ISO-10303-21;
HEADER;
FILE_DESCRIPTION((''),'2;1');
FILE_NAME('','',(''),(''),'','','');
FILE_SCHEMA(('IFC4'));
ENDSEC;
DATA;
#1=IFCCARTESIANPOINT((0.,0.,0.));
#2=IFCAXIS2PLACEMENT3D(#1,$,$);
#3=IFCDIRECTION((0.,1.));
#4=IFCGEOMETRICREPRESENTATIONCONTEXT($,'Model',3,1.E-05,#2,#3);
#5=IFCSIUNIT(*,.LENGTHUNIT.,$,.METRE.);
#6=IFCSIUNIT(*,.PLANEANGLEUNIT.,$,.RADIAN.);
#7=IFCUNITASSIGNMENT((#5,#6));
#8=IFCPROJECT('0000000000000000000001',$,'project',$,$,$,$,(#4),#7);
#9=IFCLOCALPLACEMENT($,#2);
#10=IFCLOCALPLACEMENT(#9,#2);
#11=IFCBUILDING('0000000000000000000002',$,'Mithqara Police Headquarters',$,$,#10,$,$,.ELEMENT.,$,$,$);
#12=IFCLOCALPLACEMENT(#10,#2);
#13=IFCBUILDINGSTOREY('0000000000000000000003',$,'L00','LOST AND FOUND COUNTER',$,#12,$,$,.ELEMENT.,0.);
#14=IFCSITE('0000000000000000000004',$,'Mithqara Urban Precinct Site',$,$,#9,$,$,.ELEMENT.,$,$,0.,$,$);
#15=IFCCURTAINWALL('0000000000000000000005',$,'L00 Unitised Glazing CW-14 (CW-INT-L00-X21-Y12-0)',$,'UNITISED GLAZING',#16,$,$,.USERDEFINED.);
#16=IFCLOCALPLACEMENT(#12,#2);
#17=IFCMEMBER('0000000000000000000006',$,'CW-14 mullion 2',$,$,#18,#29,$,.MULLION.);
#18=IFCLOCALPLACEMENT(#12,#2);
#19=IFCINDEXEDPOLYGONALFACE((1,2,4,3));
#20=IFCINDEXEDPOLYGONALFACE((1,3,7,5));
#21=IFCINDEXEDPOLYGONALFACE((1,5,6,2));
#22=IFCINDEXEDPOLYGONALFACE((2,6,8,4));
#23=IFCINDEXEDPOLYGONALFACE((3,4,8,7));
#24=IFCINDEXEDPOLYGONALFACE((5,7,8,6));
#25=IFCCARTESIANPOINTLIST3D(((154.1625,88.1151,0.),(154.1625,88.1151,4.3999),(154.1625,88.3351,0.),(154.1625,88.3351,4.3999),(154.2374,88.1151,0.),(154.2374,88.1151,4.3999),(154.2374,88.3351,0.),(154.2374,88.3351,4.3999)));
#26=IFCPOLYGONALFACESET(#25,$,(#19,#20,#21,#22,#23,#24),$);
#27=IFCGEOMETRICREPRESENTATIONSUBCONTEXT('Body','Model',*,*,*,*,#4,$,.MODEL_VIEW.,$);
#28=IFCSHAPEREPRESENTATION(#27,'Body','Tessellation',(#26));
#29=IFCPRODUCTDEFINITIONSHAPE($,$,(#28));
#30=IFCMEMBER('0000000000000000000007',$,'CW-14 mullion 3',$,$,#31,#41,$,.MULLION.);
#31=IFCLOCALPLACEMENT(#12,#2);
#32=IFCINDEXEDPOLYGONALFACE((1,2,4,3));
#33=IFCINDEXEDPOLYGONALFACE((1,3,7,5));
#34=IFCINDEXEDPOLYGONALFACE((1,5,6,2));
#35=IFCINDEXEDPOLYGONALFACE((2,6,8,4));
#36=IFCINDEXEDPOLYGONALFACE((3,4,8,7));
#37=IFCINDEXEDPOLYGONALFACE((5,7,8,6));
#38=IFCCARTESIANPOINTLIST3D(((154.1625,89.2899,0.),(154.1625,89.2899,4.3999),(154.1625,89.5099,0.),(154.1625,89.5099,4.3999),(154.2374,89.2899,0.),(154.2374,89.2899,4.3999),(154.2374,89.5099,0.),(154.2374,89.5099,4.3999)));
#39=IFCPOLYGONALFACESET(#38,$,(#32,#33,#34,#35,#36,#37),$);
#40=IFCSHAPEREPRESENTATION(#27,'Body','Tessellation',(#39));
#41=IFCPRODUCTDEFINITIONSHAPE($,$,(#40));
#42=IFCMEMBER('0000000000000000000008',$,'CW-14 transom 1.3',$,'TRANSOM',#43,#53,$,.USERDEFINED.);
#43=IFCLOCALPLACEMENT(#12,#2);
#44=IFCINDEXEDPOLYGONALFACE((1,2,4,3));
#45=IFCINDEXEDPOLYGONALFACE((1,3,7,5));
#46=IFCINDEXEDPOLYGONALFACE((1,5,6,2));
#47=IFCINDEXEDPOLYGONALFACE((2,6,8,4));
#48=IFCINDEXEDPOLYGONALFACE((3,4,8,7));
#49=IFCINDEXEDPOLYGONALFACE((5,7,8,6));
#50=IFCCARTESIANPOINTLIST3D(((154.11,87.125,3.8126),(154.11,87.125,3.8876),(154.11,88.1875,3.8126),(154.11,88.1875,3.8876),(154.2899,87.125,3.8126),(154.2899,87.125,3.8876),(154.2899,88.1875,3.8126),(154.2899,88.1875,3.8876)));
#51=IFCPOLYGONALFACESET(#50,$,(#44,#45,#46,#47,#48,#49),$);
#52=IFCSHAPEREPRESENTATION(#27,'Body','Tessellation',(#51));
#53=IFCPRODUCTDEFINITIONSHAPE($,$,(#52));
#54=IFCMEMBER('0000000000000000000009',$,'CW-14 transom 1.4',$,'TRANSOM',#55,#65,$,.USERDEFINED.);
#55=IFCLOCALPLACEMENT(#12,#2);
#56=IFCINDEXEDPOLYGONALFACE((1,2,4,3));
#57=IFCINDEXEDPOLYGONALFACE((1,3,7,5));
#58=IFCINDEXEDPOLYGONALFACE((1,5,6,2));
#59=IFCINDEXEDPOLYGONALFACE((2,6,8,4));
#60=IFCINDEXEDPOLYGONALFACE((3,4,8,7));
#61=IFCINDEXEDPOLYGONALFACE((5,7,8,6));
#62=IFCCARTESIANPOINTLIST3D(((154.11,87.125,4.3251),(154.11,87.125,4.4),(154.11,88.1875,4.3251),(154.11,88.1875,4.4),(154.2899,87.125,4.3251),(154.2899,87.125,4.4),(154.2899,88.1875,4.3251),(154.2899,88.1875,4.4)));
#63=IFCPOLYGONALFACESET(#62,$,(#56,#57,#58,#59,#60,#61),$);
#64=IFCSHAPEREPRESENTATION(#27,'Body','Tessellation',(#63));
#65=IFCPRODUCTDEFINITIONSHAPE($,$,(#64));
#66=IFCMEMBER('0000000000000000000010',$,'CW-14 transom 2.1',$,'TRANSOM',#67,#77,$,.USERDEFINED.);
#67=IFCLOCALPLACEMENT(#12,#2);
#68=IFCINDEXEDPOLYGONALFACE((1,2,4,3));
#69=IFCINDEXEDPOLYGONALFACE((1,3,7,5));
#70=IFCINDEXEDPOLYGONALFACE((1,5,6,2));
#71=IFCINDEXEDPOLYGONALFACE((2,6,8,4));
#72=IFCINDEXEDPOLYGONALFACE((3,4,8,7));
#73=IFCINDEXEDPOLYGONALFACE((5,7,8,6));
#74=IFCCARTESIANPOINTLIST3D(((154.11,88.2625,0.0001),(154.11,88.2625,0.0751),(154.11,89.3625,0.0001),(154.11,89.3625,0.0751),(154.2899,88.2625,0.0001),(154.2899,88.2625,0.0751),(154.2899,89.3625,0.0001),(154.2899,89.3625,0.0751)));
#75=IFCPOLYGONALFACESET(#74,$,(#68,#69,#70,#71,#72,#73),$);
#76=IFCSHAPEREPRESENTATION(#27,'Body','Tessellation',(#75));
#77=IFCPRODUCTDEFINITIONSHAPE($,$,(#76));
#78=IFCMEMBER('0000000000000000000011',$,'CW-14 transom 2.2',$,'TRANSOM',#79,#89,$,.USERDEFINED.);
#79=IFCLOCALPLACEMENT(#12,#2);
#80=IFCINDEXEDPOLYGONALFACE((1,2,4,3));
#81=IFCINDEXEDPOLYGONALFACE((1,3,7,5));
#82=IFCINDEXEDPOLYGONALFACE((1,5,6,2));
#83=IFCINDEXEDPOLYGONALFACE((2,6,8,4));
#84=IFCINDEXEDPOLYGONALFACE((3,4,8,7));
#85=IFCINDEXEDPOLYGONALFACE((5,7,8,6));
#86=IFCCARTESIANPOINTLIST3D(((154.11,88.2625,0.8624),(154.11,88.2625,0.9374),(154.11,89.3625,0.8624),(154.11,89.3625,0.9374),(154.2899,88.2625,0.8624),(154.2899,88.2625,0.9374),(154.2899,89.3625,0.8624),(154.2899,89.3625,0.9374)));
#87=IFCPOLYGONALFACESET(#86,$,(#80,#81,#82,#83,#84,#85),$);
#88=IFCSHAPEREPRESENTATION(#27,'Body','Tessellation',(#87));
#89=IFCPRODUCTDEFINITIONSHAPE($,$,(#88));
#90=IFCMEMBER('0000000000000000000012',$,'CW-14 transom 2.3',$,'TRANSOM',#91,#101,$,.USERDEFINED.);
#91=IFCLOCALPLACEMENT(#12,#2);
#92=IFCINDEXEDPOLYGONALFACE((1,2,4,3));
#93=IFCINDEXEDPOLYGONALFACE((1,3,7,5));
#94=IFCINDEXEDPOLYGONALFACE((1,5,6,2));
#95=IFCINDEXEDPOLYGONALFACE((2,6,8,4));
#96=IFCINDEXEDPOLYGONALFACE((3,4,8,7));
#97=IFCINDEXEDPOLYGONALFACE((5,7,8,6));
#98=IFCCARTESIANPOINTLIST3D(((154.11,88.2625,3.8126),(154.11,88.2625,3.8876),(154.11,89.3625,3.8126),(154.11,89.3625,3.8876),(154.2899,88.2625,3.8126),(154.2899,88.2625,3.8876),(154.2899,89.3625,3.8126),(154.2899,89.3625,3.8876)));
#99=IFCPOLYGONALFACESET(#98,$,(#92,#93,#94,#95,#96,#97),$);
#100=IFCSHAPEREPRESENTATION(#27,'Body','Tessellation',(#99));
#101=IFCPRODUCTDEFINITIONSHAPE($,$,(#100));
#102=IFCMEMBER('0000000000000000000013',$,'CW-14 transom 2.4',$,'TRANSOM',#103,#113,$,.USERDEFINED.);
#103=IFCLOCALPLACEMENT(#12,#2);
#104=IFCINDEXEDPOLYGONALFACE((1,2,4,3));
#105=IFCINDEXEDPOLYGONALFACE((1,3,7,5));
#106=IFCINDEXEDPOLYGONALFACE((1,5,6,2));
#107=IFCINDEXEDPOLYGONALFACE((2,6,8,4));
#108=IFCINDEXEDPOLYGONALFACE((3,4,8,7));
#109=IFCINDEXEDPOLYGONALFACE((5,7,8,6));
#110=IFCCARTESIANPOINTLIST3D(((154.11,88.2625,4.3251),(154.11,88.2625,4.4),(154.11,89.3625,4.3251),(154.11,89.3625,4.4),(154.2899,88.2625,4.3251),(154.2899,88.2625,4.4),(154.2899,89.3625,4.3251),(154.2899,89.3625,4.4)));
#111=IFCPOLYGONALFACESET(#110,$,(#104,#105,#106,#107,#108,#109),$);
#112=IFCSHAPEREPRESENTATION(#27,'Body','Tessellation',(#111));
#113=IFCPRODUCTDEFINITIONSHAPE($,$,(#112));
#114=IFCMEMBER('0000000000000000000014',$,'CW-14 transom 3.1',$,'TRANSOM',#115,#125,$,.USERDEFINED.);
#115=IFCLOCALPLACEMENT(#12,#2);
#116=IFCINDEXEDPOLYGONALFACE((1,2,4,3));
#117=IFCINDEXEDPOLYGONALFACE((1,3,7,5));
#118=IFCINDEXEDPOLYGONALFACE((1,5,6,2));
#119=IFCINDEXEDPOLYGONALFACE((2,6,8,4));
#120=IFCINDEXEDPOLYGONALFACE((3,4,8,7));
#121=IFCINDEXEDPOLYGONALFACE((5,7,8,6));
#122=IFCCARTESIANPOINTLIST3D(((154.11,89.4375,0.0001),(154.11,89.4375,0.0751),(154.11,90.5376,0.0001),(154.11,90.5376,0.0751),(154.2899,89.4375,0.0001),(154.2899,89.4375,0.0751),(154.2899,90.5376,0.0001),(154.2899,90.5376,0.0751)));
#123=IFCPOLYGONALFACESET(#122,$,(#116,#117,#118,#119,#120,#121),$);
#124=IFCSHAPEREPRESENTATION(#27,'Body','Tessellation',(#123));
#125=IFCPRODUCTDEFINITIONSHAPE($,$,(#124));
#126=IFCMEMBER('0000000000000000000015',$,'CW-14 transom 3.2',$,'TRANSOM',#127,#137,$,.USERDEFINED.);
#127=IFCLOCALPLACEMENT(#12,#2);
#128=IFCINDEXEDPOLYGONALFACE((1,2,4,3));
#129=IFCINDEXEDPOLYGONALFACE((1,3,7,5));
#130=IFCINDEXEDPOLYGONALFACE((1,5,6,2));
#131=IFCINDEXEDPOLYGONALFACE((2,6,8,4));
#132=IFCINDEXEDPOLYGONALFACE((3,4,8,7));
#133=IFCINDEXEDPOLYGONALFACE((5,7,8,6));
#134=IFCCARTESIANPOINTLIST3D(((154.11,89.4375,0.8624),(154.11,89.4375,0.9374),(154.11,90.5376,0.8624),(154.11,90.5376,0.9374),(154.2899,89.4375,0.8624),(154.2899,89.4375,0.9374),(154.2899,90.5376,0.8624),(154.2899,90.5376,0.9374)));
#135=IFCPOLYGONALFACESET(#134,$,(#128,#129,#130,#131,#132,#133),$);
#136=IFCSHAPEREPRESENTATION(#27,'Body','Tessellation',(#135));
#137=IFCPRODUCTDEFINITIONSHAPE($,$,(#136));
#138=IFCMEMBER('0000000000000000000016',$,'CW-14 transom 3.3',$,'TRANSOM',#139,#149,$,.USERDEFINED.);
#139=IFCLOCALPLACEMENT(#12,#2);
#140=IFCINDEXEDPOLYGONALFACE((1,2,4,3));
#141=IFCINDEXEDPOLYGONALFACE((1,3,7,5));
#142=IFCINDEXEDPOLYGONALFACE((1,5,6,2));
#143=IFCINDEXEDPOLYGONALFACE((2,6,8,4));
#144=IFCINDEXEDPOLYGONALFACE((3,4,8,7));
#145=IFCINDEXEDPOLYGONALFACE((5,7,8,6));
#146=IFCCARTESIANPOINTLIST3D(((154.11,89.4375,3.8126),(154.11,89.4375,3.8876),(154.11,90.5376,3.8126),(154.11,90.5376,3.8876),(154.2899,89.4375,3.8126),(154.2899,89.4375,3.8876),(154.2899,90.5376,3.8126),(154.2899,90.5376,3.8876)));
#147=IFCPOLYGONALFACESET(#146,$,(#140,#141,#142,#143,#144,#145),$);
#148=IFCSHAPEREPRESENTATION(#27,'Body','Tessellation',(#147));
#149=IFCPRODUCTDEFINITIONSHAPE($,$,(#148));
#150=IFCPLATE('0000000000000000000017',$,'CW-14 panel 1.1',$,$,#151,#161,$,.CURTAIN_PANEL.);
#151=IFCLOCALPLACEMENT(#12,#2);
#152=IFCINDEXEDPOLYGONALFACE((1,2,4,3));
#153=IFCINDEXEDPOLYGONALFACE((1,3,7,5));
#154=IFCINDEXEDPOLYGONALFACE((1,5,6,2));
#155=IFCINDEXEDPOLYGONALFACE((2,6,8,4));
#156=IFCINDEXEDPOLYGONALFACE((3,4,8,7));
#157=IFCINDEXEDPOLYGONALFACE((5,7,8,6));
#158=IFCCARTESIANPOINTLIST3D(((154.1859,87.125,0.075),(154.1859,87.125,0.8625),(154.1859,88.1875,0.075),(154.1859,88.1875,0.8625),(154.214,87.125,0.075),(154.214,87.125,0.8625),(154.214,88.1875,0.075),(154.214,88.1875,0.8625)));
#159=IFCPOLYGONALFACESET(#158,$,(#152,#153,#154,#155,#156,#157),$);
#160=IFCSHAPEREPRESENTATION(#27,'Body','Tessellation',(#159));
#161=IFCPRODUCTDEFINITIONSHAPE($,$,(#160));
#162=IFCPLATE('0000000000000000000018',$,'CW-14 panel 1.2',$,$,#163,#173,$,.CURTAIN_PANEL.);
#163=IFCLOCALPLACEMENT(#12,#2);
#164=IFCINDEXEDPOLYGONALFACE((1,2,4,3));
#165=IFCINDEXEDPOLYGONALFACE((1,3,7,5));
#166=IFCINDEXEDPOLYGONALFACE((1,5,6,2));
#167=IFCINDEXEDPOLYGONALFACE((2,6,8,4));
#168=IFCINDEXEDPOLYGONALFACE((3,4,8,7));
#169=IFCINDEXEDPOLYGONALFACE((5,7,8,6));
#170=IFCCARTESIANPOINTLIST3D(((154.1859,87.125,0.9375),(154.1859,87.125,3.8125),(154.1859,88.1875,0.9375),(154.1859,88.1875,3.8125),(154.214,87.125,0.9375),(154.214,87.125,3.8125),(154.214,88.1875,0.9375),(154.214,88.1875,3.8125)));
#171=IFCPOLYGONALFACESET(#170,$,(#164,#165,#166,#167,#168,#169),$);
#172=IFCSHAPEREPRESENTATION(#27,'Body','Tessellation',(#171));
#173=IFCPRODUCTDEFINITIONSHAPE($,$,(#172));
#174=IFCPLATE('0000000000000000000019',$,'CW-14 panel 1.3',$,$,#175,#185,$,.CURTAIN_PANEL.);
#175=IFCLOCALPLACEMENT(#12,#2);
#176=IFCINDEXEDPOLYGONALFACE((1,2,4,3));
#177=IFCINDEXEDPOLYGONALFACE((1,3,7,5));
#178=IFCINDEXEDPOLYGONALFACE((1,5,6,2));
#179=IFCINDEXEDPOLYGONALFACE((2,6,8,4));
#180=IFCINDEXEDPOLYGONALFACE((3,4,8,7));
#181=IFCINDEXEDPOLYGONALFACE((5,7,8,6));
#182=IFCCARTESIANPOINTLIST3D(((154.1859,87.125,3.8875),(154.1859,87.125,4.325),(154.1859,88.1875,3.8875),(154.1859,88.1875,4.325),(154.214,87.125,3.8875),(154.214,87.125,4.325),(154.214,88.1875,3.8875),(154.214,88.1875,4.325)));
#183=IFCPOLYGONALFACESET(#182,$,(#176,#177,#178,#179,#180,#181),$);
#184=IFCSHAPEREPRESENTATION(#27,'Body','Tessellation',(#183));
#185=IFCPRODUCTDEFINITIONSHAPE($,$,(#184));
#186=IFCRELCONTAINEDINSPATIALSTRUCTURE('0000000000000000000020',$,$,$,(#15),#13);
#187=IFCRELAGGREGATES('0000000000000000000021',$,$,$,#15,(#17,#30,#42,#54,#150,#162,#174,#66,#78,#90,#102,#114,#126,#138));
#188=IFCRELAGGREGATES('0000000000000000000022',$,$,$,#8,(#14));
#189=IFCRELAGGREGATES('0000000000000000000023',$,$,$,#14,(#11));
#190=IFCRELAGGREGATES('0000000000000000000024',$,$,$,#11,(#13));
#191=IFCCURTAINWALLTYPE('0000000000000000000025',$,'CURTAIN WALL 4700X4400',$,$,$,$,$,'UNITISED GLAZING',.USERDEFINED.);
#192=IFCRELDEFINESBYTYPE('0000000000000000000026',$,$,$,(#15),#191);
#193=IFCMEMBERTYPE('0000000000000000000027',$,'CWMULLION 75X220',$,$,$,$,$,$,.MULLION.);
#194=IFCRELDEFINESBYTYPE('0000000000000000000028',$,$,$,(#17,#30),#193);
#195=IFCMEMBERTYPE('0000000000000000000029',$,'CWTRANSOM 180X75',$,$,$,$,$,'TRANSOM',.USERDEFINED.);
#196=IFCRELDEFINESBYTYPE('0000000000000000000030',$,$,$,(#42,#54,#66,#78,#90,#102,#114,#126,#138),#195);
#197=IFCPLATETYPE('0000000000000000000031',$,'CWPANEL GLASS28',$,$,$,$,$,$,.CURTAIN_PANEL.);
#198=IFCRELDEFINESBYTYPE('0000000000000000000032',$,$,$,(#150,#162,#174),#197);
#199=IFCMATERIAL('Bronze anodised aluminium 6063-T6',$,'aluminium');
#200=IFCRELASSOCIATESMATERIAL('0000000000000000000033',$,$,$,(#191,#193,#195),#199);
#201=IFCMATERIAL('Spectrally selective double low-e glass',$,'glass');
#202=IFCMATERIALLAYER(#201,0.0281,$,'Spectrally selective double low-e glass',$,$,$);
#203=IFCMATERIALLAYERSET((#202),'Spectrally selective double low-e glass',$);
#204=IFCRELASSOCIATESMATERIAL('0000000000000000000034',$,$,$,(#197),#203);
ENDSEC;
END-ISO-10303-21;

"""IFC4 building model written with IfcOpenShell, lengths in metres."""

from ifc_helpers import new_model, si_unit, direction, frame, origin, origin_2d, place, context, subcontext, project, spatial, rectangle, extrude, material, layer, layer_set, material_profile, profile_set, type_object, element, aggregate, save


model = new_model("IFC4")

# Units and contexts
model_context = context("Model", 3, precision=1e-05, world=origin(), true_north=direction((0.0, 1.0)))
body_context = subcontext(model_context, "Body", "Model", "MODEL_VIEW")
ifc_project = project(units=[si_unit("LENGTHUNIT", "METRE"), si_unit("PLANEANGLEUNIT", "RADIAN")], contexts=[model_context])

# Site, building, storey
site_placement = place(None, origin())
site = spatial("IfcSite", under=ifc_project, at=site_placement, Name="Mithqara Urban Precinct Site", CompositionType="ELEMENT", RefElevation=0.0)
building_placement = place(site_placement, origin())
building = spatial("IfcBuilding", under=site, at=building_placement, Name="Mithqara Police Headquarters", CompositionType="ELEMENT")
storey_placement = place(building_placement, origin())
storey = spatial("IfcBuildingStorey", under=building, at=storey_placement, Name="L00", Description="LOST AND FOUND COUNTER", CompositionType="ELEMENT", Elevation=0.0)

# Curtain wall, members, plates
ifc_material_1 = material(Name="Bronze anodised aluminium 6063-T6", Category="aluminium")
curtain_wall_type = type_object("IfcCurtainWallType", Name="CURTAIN WALL 4700X4400", ElementType="UNITISED GLAZING", PredefinedType="USERDEFINED", material=ifc_material_1)
curtain_wall_placement = place(storey_placement, origin())
curtain_wall = element("IfcCurtainWall", 1, at=curtain_wall_placement, inside=storey, type_object=curtain_wall_type, Name="L00 Unitised Glazing CW-14 (CW-INT-L00-X21-Y12-0)", ObjectType="UNITISED GLAZING", PredefinedType="USERDEFINED")
ifc_material_profile_1 = material_profile(ifc_material_1, rectangle(XDim=0.075, YDim=0.22, at=origin_2d()), Name="CWM 75x220")
ifc_profile_set_1 = profile_set([ifc_material_profile_1], Name="Bronze anodised aluminium 6063-T6")
member_type_1 = type_object("IfcMemberType", Name="CWMULLION 75X220", PredefinedType="MULLION", material=ifc_profile_set_1)
member_1_placement = place(storey_placement, frame((154.2, 88.2251, 0.0), z_axis=(0.0, 0.0, 1.0), x_axis=(-1.0, 0.0, 0.0)))
member_1 = element("IfcMember", 2, at=member_1_placement, type_object=member_type_1, Name="CW-14 mullion 2", PredefinedType="MULLION", context=body_context, shape_type="SweptSolid", body=[
    extrude(rectangle(XDim=0.075, YDim=0.22, at=origin_2d()), origin(), (0.0, 0.0, 1.0), 4.3999),
])
member_2_placement = place(storey_placement, frame((154.2, 89.3999, 0.0), z_axis=(0.0, 0.0, 1.0), x_axis=(-1.0, 0.0, 0.0)))
member_2 = element("IfcMember", 3, at=member_2_placement, type_object=member_type_1, Name="CW-14 mullion 3", PredefinedType="MULLION", context=body_context, shape_type="SweptSolid", body=[
    extrude(rectangle(XDim=0.075, YDim=0.22, at=origin_2d()), origin(), (0.0, 0.0, 1.0), 4.3999),
])
ifc_material_profile_2 = material_profile(ifc_material_1, rectangle(XDim=0.1799, YDim=0.075, at=origin_2d()), Name="CWT 180x75")
ifc_profile_set_2 = profile_set([ifc_material_profile_2], Name="Bronze anodised aluminium 6063-T6")
member_type_2 = type_object("IfcMemberType", Name="CWTRANSOM 180X75", ElementType="TRANSOM", PredefinedType="USERDEFINED", material=ifc_profile_set_2)
member_3_placement = place(storey_placement, frame((154.2, 87.125, 3.8501), z_axis=(0.0, 1.0, 0.0), x_axis=(-1.0, 0.0, 0.0)))
member_3 = element("IfcMember", 4, at=member_3_placement, type_object=member_type_2, Name="CW-14 transom 1.3", ObjectType="TRANSOM", PredefinedType="USERDEFINED", context=body_context, shape_type="SweptSolid", body=[
    extrude(rectangle(XDim=0.1799, YDim=0.075, at=origin_2d()), origin(), (0.0, 0.0, 1.0), 1.0625),
])
member_4_placement = place(storey_placement, frame((154.2, 87.125, 4.3625), z_axis=(0.0, 1.0, 0.0), x_axis=(-1.0, 0.0, 0.0)))
member_4 = element("IfcMember", 5, at=member_4_placement, type_object=member_type_2, Name="CW-14 transom 1.4", ObjectType="TRANSOM", PredefinedType="USERDEFINED", context=body_context, shape_type="SweptSolid", body=[
    extrude(rectangle(XDim=0.1799, YDim=0.075, at=origin_2d()), origin(), (0.0, 0.0, 1.0), 1.0625),
])
member_5_placement = place(storey_placement, frame((154.2, 88.2625, 0.0376), z_axis=(0.0, 1.0, 0.0), x_axis=(-1.0, 0.0, 0.0)))
member_5 = element("IfcMember", 6, at=member_5_placement, type_object=member_type_2, Name="CW-14 transom 2.1", ObjectType="TRANSOM", PredefinedType="USERDEFINED", context=body_context, shape_type="SweptSolid", body=[
    extrude(rectangle(XDim=0.1799, YDim=0.075, at=origin_2d()), origin(), (0.0, 0.0, 1.0), 1.1001),
])
member_6_placement = place(storey_placement, frame((154.2, 88.2625, 0.8999), z_axis=(0.0, 1.0, 0.0), x_axis=(-1.0, 0.0, 0.0)))
member_6 = element("IfcMember", 7, at=member_6_placement, type_object=member_type_2, Name="CW-14 transom 2.2", ObjectType="TRANSOM", PredefinedType="USERDEFINED", context=body_context, shape_type="SweptSolid", body=[
    extrude(rectangle(XDim=0.1799, YDim=0.075, at=origin_2d()), origin(), (0.0, 0.0, 1.0), 1.1001),
])
member_7_placement = place(storey_placement, frame((154.2, 88.2625, 3.8501), z_axis=(0.0, 1.0, 0.0), x_axis=(-1.0, 0.0, 0.0)))
member_7 = element("IfcMember", 8, at=member_7_placement, type_object=member_type_2, Name="CW-14 transom 2.3", ObjectType="TRANSOM", PredefinedType="USERDEFINED", context=body_context, shape_type="SweptSolid", body=[
    extrude(rectangle(XDim=0.1799, YDim=0.075, at=origin_2d()), origin(), (0.0, 0.0, 1.0), 1.1001),
])
member_8_placement = place(storey_placement, frame((154.2, 88.2625, 4.3625), z_axis=(0.0, 1.0, 0.0), x_axis=(-1.0, 0.0, 0.0)))
member_8 = element("IfcMember", 9, at=member_8_placement, type_object=member_type_2, Name="CW-14 transom 2.4", ObjectType="TRANSOM", PredefinedType="USERDEFINED", context=body_context, shape_type="SweptSolid", body=[
    extrude(rectangle(XDim=0.1799, YDim=0.075, at=origin_2d()), origin(), (0.0, 0.0, 1.0), 1.1001),
])
member_9_placement = place(storey_placement, frame((154.2, 89.4375, 0.0376), z_axis=(0.0, 1.0, 0.0), x_axis=(-1.0, 0.0, 0.0)))
member_9 = element("IfcMember", 10, at=member_9_placement, type_object=member_type_2, Name="CW-14 transom 3.1", ObjectType="TRANSOM", PredefinedType="USERDEFINED", context=body_context, shape_type="SweptSolid", body=[
    extrude(rectangle(XDim=0.1799, YDim=0.075, at=origin_2d()), origin(), (0.0, 0.0, 1.0), 1.1001),
])
member_10_placement = place(storey_placement, frame((154.2, 89.4375, 0.8999), z_axis=(0.0, 1.0, 0.0), x_axis=(-1.0, 0.0, 0.0)))
member_10 = element("IfcMember", 11, at=member_10_placement, type_object=member_type_2, Name="CW-14 transom 3.2", ObjectType="TRANSOM", PredefinedType="USERDEFINED", context=body_context, shape_type="SweptSolid", body=[
    extrude(rectangle(XDim=0.1799, YDim=0.075, at=origin_2d()), origin(), (0.0, 0.0, 1.0), 1.1001),
])
member_11_placement = place(storey_placement, frame((154.2, 89.4375, 3.8501), z_axis=(0.0, 1.0, 0.0), x_axis=(-1.0, 0.0, 0.0)))
member_11 = element("IfcMember", 12, at=member_11_placement, type_object=member_type_2, Name="CW-14 transom 3.3", ObjectType="TRANSOM", PredefinedType="USERDEFINED", context=body_context, shape_type="SweptSolid", body=[
    extrude(rectangle(XDim=0.1799, YDim=0.075, at=origin_2d()), origin(), (0.0, 0.0, 1.0), 1.1001),
])
ifc_material_2 = material(Name="Spectrally selective double low-e glass", Category="glass")
ifc_layer_1 = layer(ifc_material_2, 0.0281, Name="Spectrally selective double low-e glass")
ifc_layer_set_1 = layer_set([ifc_layer_1], Name="Spectrally selective double low-e glass")
plate_type = type_object("IfcPlateType", Name="CWPANEL GLASS28", PredefinedType="CURTAIN_PANEL", material=ifc_layer_set_1)
plate_1_placement = place(storey_placement, frame((154.2, 87.6562, 0.075), z_axis=(0.0, 0.0, 1.0), x_axis=(0.0, 1.0, 0.0)))
plate_1 = element("IfcPlate", 13, at=plate_1_placement, type_object=plate_type, Name="CW-14 panel 1.1", PredefinedType="CURTAIN_PANEL", context=body_context, shape_type="SweptSolid", body=[
    extrude(rectangle(XDim=1.0625, YDim=0.0281, at=origin_2d()), origin(), (0.0, 0.0, 1.0), 0.7876),
])
plate_2_placement = place(storey_placement, frame((154.2, 87.6562, 0.9375), z_axis=(0.0, 0.0, 1.0), x_axis=(0.0, 1.0, 0.0)))
plate_2 = element("IfcPlate", 14, at=plate_2_placement, type_object=plate_type, Name="CW-14 panel 1.2", PredefinedType="CURTAIN_PANEL", context=body_context, shape_type="SweptSolid", body=[
    extrude(rectangle(XDim=1.0625, YDim=0.0281, at=origin_2d()), origin(), (0.0, 0.0, 1.0), 2.875),
])
plate_3_placement = place(storey_placement, frame((154.2, 87.6562, 3.8875), z_axis=(0.0, 0.0, 1.0), x_axis=(0.0, 1.0, 0.0)))
plate_3 = element("IfcPlate", 15, at=plate_3_placement, type_object=plate_type, Name="CW-14 panel 1.3", PredefinedType="CURTAIN_PANEL", context=body_context, shape_type="SweptSolid", body=[
    extrude(rectangle(XDim=1.0625, YDim=0.0281, at=origin_2d()), origin(), (0.0, 0.0, 1.0), 0.4375),
])
aggregate(curtain_wall, [member_1, member_2, member_3, member_4, plate_1, plate_2, plate_3, member_5, member_6, member_7, member_8, member_9, member_10, member_11])

save(model, "model.ifc")
